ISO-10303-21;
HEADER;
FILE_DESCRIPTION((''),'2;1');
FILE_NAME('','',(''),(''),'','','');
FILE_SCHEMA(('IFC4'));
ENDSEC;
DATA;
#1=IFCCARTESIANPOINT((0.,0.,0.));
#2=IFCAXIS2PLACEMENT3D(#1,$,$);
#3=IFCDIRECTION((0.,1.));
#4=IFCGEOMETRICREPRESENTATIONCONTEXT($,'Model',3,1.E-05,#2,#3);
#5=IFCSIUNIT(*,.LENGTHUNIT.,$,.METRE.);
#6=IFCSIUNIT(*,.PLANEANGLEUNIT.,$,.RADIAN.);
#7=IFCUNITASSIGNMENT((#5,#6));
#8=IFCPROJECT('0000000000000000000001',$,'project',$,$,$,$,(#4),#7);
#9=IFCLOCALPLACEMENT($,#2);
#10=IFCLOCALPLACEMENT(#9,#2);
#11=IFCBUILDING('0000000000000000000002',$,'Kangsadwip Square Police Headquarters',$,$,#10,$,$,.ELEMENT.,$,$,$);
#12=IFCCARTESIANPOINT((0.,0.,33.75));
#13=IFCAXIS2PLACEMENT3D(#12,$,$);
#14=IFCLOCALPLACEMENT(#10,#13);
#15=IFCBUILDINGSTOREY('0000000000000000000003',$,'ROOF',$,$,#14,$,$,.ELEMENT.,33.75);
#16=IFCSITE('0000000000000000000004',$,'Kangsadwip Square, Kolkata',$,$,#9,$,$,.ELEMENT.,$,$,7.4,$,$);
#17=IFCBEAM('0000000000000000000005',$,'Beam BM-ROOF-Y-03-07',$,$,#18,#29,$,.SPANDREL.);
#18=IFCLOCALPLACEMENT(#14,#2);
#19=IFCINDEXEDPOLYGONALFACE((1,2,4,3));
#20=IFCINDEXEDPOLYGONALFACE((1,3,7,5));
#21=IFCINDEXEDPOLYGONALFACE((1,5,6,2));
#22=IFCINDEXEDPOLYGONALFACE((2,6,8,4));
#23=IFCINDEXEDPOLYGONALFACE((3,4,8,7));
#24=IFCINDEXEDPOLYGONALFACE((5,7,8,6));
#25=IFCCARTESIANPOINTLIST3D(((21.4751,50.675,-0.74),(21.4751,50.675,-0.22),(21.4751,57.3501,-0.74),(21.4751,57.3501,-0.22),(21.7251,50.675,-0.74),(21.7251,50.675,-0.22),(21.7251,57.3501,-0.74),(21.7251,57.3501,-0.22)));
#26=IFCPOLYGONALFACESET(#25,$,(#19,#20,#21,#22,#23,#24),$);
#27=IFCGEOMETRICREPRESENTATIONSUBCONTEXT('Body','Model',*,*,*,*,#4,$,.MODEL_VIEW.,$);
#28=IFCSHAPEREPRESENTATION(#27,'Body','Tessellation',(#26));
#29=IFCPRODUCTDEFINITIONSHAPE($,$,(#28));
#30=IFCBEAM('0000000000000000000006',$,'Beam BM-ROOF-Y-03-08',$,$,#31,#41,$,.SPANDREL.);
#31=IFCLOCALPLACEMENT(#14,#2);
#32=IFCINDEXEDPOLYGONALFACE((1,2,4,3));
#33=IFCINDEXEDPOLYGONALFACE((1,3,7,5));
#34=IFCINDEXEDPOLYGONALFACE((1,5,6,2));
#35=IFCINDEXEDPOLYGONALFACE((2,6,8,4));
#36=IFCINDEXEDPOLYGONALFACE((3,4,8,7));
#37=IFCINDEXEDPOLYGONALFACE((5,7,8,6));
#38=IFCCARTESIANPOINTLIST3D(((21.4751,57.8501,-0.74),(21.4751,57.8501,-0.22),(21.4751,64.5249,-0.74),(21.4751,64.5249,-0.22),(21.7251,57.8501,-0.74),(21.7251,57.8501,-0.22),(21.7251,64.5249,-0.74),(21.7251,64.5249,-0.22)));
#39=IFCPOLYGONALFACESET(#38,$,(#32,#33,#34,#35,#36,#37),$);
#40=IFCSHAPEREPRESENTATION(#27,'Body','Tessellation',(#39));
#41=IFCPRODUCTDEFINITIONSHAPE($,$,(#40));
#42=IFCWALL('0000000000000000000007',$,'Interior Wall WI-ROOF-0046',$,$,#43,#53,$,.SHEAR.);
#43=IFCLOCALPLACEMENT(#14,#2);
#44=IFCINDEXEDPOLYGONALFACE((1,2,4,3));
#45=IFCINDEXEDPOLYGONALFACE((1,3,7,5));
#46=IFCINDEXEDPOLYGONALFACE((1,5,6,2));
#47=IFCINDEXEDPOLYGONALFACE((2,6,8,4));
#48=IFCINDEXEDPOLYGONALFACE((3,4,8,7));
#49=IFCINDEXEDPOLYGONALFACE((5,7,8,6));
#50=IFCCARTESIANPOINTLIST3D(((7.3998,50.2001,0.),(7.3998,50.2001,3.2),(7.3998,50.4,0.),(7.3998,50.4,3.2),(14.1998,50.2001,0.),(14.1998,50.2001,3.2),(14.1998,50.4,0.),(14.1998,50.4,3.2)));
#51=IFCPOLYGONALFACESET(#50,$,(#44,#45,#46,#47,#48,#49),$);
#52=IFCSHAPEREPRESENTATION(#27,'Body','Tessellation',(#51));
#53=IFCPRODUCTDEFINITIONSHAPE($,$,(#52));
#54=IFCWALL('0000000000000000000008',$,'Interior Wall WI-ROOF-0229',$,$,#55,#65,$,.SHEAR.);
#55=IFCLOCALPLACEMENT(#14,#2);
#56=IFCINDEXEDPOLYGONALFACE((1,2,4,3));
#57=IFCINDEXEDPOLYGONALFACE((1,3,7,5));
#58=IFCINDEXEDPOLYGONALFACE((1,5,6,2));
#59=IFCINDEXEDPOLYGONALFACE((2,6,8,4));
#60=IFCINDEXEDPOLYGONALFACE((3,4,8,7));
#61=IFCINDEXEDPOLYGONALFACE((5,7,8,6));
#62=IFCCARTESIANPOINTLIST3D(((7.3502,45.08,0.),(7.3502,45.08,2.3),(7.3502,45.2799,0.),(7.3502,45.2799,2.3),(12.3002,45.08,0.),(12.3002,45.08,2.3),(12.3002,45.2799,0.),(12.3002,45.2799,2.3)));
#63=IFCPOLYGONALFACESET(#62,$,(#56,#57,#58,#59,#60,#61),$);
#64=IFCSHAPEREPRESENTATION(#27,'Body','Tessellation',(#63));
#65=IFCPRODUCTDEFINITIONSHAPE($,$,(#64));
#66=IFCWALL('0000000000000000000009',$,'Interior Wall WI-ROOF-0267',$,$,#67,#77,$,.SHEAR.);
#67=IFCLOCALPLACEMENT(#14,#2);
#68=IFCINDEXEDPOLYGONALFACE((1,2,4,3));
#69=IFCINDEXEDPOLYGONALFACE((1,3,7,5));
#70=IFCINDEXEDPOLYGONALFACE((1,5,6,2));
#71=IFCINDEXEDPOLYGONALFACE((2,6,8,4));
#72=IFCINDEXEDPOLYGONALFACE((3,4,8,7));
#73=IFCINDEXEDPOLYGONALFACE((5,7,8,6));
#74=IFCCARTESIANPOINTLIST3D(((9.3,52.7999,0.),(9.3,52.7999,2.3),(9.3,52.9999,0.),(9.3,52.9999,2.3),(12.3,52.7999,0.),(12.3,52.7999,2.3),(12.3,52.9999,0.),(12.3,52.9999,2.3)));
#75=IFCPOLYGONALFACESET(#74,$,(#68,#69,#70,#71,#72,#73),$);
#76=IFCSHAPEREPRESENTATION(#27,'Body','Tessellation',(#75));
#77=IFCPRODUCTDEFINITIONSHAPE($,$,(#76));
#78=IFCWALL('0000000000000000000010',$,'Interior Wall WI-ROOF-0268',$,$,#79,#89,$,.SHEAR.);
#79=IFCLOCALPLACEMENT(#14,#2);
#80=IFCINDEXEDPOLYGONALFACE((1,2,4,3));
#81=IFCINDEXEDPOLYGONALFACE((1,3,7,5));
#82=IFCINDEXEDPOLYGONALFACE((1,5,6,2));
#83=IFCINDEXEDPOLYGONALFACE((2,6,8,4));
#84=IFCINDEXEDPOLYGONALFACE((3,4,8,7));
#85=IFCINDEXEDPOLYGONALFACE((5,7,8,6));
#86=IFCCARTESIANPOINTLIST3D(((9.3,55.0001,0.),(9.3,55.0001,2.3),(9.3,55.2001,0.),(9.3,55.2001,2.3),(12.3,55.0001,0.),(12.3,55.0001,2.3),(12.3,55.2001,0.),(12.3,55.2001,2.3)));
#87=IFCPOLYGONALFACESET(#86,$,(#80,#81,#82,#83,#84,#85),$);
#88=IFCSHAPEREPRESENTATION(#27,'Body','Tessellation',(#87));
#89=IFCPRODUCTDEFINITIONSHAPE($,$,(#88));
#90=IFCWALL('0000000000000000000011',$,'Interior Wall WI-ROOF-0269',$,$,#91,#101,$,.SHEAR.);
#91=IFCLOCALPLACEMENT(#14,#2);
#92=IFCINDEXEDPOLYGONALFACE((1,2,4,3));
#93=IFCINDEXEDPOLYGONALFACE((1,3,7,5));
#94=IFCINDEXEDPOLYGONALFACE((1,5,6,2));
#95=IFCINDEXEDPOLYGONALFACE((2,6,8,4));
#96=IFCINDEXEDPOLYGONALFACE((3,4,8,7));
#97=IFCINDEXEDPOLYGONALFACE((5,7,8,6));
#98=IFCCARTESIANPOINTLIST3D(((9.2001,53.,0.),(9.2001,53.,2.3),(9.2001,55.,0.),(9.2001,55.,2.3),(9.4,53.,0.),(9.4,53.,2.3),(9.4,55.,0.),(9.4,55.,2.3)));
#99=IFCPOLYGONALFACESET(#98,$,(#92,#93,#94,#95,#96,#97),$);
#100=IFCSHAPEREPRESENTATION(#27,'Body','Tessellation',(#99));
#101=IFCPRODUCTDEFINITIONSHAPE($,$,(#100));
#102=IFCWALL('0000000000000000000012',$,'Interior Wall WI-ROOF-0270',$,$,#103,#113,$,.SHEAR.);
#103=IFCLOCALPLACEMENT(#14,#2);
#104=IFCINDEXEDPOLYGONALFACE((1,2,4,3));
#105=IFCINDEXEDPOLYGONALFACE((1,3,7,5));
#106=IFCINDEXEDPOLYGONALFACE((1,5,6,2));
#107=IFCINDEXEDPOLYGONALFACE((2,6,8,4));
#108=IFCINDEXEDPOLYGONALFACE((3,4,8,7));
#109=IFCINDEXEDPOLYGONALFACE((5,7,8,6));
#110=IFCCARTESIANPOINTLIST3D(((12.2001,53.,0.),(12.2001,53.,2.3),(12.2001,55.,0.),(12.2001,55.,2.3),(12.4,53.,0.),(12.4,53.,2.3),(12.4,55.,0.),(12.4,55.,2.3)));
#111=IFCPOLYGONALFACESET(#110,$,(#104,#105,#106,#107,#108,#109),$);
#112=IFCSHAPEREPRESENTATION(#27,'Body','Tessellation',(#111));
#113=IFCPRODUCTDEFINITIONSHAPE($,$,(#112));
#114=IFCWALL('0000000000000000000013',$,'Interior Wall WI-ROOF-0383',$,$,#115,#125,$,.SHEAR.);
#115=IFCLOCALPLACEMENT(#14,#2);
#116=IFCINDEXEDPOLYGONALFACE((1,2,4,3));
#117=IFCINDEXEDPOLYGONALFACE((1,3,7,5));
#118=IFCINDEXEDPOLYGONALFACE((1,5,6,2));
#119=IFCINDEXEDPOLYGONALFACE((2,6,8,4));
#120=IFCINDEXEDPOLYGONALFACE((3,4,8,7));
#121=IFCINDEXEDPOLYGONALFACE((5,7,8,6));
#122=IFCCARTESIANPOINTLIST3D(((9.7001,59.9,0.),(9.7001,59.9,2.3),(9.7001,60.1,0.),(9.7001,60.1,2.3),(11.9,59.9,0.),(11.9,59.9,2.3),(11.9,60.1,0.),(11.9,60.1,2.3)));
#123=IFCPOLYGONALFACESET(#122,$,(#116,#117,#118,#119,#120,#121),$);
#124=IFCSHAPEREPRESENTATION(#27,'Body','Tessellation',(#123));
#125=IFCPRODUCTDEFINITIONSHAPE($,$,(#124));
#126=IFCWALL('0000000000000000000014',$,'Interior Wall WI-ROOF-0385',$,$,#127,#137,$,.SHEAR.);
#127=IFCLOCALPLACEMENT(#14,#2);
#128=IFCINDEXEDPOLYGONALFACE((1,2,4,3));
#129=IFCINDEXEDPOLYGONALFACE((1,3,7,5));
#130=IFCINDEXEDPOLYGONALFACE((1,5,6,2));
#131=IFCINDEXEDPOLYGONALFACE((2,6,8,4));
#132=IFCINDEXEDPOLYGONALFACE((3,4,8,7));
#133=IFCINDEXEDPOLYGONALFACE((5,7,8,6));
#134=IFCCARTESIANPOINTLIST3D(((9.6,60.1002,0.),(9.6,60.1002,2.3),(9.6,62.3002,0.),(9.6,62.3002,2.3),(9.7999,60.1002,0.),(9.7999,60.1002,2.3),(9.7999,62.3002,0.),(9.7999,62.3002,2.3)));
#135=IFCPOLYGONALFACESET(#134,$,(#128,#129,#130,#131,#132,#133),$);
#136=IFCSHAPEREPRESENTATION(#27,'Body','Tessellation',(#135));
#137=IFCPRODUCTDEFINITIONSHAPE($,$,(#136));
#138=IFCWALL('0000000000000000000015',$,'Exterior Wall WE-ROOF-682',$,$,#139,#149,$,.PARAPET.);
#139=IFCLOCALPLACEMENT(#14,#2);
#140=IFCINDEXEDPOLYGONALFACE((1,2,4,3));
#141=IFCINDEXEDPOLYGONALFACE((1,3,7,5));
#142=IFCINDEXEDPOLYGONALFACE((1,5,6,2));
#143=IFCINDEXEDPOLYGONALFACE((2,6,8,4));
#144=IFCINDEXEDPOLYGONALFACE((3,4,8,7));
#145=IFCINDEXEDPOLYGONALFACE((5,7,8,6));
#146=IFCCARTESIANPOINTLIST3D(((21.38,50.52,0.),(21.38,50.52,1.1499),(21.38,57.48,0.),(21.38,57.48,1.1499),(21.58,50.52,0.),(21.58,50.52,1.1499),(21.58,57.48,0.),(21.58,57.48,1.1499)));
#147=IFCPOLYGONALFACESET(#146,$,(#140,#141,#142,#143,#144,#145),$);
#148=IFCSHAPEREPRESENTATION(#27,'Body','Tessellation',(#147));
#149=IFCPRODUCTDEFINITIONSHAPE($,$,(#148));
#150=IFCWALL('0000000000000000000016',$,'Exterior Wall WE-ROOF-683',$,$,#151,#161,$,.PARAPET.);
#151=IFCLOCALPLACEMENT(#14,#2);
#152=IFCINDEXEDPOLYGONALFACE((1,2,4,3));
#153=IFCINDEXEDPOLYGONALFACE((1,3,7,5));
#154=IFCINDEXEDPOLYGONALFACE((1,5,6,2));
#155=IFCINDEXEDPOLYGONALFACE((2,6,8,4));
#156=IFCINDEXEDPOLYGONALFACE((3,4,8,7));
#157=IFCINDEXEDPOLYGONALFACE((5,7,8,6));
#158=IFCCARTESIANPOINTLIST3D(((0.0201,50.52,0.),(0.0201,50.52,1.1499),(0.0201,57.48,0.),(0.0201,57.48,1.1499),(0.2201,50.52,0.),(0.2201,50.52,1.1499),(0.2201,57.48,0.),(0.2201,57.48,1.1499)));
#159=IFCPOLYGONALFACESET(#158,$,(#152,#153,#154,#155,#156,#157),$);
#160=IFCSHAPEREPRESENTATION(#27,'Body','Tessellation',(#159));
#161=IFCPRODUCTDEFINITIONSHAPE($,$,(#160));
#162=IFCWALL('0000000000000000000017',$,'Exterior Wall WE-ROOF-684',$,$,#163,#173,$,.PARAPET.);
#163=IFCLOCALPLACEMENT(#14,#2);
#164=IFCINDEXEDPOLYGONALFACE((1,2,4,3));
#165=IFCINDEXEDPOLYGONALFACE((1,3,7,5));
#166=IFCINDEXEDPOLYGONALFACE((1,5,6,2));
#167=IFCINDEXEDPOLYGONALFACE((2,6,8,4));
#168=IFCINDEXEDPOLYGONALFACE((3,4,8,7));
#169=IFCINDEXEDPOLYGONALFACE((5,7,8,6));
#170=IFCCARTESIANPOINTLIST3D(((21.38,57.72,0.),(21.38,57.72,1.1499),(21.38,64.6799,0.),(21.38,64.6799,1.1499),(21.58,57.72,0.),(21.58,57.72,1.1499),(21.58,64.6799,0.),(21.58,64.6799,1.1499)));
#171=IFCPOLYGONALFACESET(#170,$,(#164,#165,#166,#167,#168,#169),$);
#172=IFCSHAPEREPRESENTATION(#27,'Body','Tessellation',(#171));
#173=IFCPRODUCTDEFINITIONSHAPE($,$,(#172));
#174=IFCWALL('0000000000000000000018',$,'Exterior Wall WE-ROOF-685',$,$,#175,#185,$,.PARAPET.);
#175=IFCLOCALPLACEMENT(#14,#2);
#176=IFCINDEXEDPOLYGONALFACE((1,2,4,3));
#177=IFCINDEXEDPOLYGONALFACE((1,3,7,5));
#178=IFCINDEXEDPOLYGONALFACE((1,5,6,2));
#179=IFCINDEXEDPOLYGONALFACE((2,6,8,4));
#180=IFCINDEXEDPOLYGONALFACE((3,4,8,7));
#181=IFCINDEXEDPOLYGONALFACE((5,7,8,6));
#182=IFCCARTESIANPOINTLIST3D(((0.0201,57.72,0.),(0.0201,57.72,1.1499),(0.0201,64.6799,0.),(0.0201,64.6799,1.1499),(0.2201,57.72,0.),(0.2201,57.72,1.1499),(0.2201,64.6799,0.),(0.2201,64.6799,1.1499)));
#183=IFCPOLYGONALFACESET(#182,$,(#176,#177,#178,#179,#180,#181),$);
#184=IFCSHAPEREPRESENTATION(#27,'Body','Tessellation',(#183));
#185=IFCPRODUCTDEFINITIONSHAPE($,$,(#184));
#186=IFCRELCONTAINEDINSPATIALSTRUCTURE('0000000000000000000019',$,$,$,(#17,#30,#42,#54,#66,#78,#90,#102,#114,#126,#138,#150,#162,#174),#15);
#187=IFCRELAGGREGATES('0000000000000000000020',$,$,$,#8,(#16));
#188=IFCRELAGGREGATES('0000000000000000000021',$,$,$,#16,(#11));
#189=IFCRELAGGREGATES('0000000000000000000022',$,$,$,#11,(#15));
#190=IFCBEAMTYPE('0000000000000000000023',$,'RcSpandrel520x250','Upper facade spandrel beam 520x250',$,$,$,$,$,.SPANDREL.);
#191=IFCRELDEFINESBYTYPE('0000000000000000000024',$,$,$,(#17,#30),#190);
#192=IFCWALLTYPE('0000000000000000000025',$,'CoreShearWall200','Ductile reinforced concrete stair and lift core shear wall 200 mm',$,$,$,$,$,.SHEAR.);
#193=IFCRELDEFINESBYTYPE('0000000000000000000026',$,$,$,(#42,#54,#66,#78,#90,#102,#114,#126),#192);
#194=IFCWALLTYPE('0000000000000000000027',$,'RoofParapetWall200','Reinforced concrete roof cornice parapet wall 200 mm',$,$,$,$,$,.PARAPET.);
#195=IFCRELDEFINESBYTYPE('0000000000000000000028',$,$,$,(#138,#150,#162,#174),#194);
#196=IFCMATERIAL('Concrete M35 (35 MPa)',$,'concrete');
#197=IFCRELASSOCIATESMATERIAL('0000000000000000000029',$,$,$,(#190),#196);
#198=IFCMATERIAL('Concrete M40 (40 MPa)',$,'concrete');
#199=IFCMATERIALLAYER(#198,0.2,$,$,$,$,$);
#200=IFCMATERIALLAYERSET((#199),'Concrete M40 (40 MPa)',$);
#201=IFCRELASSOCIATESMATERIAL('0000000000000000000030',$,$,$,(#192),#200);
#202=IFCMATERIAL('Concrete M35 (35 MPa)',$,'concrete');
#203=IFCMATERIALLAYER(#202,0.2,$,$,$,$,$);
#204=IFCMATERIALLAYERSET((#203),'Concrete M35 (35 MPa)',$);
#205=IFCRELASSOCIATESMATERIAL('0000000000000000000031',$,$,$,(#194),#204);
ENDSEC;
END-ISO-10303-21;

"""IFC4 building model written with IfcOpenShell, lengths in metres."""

from ifc_helpers import new_model, si_unit, direction, frame, frame_2d, origin, origin_2d, place, context, subcontext, project, spatial, rectangle, extrude, material, layer, layer_set, material_profile, profile_set, type_object, element, save


model = new_model("IFC4")

# Units and contexts
model_context = context("Model", 3, precision=1e-05, world=origin(), true_north=direction((0.0, 1.0)))
body_context = subcontext(model_context, "Body", "Model", "MODEL_VIEW")
ifc_project = project(units=[si_unit("LENGTHUNIT", "METRE"), si_unit("PLANEANGLEUNIT", "RADIAN")], contexts=[model_context])

# Site, building, storey
site_placement = place(None, origin())
site = spatial("IfcSite", under=ifc_project, at=site_placement, Name="Kangsadwip Square, Kolkata", CompositionType="ELEMENT", RefElevation=7.4)
building_placement = place(site_placement, origin())
building = spatial("IfcBuilding", under=site, at=building_placement, Name="Kangsadwip Square Police Headquarters", CompositionType="ELEMENT")
storey_placement = place(building_placement, frame((0.0, 0.0, 33.75)))
storey = spatial("IfcBuildingStorey", under=building, at=storey_placement, Name="ROOF", CompositionType="ELEMENT", Elevation=33.75)

# Beams
ifc_material_1 = material(Name="Concrete M35 (35 MPa)", Category="concrete")
ifc_material_profile_1 = material_profile(ifc_material_1, rectangle(XDim=0.25, YDim=0.52, at=origin_2d()), Name="RC SPN 520X250")
ifc_profile_set_1 = profile_set([ifc_material_profile_1], Name="Concrete M35 (35 MPa)")
beam_type_1 = type_object("IfcBeamType", Name="RcSpandrel520x250", Description="Upper facade spandrel beam 520x250", PredefinedType="SPANDREL", material=ifc_profile_set_1)
for number, where, z_axis, x_axis, name in (
    (1, (21.6001, 50.675, -0.48), (0.0, 1.0, 0.0), (-1.0, 0.0, 0.0), "Beam BM-ROOF-Y-03-07"),
):
    element("IfcBeam", number, at=place(storey_placement, frame(where, z_axis=z_axis, x_axis=x_axis)), inside=storey, type_object=beam_type_1, Name=name, PredefinedType="SPANDREL", context=body_context, shape_type="SweptSolid", body=[
        extrude(rectangle(XDim=0.25, YDim=0.52, at=origin_2d()), origin(), (0.0, 0.0, 1.0), 6.675),
    ])
beam_1_placement = place(storey_placement, frame((21.6001, 57.8501, -0.48), z_axis=(0.0, 1.0, 0.0), x_axis=(-1.0, 0.0, 0.0)))
element("IfcBeam", 2, at=beam_1_placement, inside=storey, type_object=beam_type_1, Name="Beam BM-ROOF-Y-03-08", PredefinedType="SPANDREL", context=body_context, shape_type="SweptSolid", body=[
    extrude(rectangle(XDim=0.25, YDim=0.52, at=origin_2d()), origin(), (0.0, 0.0, 1.0), 6.6748),
])

# Walls
ifc_material_2 = material(Name="Concrete M40 (40 MPa)", Category="concrete")
ifc_layer_1 = layer(ifc_material_2, 0.2)
ifc_layer_set_1 = layer_set([ifc_layer_1], Name="Concrete M40 (40 MPa)")
wall_type_1 = type_object("IfcWallType", Name="CoreShearWall200", Description="Ductile reinforced concrete stair and lift core shear wall 200 mm", PredefinedType="SHEAR", material=ifc_layer_set_1)
wall_1_placement = place(storey_placement, frame((7.3999, 50.3, 0.0), z_axis=(0.0, 0.0, 1.0), x_axis=(1.0, 0.0, 0.0)))
element("IfcWall", 3, at=wall_1_placement, inside=storey, type_object=wall_type_1, Name="Interior Wall WI-ROOF-0046", PredefinedType="SHEAR", context=body_context, shape_type="SweptSolid", body=[
    extrude(rectangle(XDim=6.8, YDim=0.2, at=frame_2d((3.3999, 0.0))), origin(), (0.0, 0.0, 1.0), 3.2),
])
wall_2_placement = place(storey_placement, frame((7.3501, 45.1799, 0.0), z_axis=(0.0, 0.0, 1.0), x_axis=(1.0, 0.0, 0.0)))
element("IfcWall", 4, at=wall_2_placement, inside=storey, type_object=wall_type_1, Name="Interior Wall WI-ROOF-0229", PredefinedType="SHEAR", context=body_context, shape_type="SweptSolid", body=[
    extrude(rectangle(XDim=4.95, YDim=0.2, at=frame_2d((2.4751, 0.0))), origin(), (0.0, 0.0, 1.0), 2.3),
])
for number, where, z_axis, x_axis, name in (
    (5, (9.3, 52.8999, 0.0), (0.0, 0.0, 1.0), (1.0, 0.0, 0.0), "Interior Wall WI-ROOF-0267"),
    (6, (9.3, 55.1001, 0.0), (0.0, 0.0, 1.0), (1.0, 0.0, 0.0), "Interior Wall WI-ROOF-0268"),
):
    element("IfcWall", number, at=place(storey_placement, frame(where, z_axis=z_axis, x_axis=x_axis)), inside=storey, type_object=wall_type_1, Name=name, PredefinedType="SHEAR", context=body_context, shape_type="SweptSolid", body=[
        extrude(rectangle(XDim=3.0, YDim=0.2, at=frame_2d((1.5, 0.0))), origin(), (0.0, 0.0, 1.0), 2.3),
    ])
for number, where, z_axis, x_axis, name in (
    (7, (9.3, 53.0, 0.0), (0.0, 0.0, 1.0), (0.0, 1.0, 0.0), "Interior Wall WI-ROOF-0269"),
    (8, (12.3, 53.0, 0.0), (0.0, 0.0, 1.0), (0.0, 1.0, 0.0), "Interior Wall WI-ROOF-0270"),
):
    element("IfcWall", number, at=place(storey_placement, frame(where, z_axis=z_axis, x_axis=x_axis)), inside=storey, type_object=wall_type_1, Name=name, PredefinedType="SHEAR", context=body_context, shape_type="SweptSolid", body=[
        extrude(rectangle(XDim=2.0, YDim=0.2, at=frame_2d((1.0, 0.0))), origin(), (0.0, 0.0, 1.0), 2.3),
    ])
for number, where, z_axis, x_axis, name in (
    (9, (9.7, 60.0, 0.0), (0.0, 0.0, 1.0), (1.0, 0.0, 0.0), "Interior Wall WI-ROOF-0383"),
    (10, (9.7, 60.1001, 0.0), (0.0, 0.0, 1.0), (0.0, 1.0, 0.0), "Interior Wall WI-ROOF-0385"),
):
    element("IfcWall", number, at=place(storey_placement, frame(where, z_axis=z_axis, x_axis=x_axis)), inside=storey, type_object=wall_type_1, Name=name, PredefinedType="SHEAR", context=body_context, shape_type="SweptSolid", body=[
        extrude(rectangle(XDim=2.2, YDim=0.2, at=frame_2d((1.1001, 0.0))), origin(), (0.0, 0.0, 1.0), 2.3),
    ])
ifc_material_3 = material(Name="Concrete M35 (35 MPa)", Category="concrete")
ifc_layer_2 = layer(ifc_material_3, 0.2)
ifc_layer_set_2 = layer_set([ifc_layer_2], Name="Concrete M35 (35 MPa)")
wall_type_2 = type_object("IfcWallType", Name="RoofParapetWall200", Description="Reinforced concrete roof cornice parapet wall 200 mm", PredefinedType="PARAPET", material=ifc_layer_set_2)
for number, where, z_axis, x_axis, name in (
    (11, (21.48, 50.52, 0.0), (0.0, 0.0, 1.0), (0.0, 1.0, 0.0), "Exterior Wall WE-ROOF-682"),
    (12, (0.1201, 50.52, 0.0), (0.0, 0.0, 1.0), (0.0, 1.0, 0.0), "Exterior Wall WE-ROOF-683"),
    (13, (21.48, 57.72, 0.0), (0.0, 0.0, 1.0), (0.0, 1.0, 0.0), "Exterior Wall WE-ROOF-684"),
    (14, (0.1201, 57.72, 0.0), (0.0, 0.0, 1.0), (0.0, 1.0, 0.0), "Exterior Wall WE-ROOF-685"),
):
    element("IfcWall", number, at=place(storey_placement, frame(where, z_axis=z_axis, x_axis=x_axis)), inside=storey, type_object=wall_type_2, Name=name, PredefinedType="PARAPET", context=body_context, shape_type="SweptSolid", body=[
        extrude(rectangle(XDim=6.96, YDim=0.2, at=frame_2d((3.48, 0.0))), origin(), (0.0, 0.0, 1.0), 1.1499),
    ])

save(model, "model.ifc")
